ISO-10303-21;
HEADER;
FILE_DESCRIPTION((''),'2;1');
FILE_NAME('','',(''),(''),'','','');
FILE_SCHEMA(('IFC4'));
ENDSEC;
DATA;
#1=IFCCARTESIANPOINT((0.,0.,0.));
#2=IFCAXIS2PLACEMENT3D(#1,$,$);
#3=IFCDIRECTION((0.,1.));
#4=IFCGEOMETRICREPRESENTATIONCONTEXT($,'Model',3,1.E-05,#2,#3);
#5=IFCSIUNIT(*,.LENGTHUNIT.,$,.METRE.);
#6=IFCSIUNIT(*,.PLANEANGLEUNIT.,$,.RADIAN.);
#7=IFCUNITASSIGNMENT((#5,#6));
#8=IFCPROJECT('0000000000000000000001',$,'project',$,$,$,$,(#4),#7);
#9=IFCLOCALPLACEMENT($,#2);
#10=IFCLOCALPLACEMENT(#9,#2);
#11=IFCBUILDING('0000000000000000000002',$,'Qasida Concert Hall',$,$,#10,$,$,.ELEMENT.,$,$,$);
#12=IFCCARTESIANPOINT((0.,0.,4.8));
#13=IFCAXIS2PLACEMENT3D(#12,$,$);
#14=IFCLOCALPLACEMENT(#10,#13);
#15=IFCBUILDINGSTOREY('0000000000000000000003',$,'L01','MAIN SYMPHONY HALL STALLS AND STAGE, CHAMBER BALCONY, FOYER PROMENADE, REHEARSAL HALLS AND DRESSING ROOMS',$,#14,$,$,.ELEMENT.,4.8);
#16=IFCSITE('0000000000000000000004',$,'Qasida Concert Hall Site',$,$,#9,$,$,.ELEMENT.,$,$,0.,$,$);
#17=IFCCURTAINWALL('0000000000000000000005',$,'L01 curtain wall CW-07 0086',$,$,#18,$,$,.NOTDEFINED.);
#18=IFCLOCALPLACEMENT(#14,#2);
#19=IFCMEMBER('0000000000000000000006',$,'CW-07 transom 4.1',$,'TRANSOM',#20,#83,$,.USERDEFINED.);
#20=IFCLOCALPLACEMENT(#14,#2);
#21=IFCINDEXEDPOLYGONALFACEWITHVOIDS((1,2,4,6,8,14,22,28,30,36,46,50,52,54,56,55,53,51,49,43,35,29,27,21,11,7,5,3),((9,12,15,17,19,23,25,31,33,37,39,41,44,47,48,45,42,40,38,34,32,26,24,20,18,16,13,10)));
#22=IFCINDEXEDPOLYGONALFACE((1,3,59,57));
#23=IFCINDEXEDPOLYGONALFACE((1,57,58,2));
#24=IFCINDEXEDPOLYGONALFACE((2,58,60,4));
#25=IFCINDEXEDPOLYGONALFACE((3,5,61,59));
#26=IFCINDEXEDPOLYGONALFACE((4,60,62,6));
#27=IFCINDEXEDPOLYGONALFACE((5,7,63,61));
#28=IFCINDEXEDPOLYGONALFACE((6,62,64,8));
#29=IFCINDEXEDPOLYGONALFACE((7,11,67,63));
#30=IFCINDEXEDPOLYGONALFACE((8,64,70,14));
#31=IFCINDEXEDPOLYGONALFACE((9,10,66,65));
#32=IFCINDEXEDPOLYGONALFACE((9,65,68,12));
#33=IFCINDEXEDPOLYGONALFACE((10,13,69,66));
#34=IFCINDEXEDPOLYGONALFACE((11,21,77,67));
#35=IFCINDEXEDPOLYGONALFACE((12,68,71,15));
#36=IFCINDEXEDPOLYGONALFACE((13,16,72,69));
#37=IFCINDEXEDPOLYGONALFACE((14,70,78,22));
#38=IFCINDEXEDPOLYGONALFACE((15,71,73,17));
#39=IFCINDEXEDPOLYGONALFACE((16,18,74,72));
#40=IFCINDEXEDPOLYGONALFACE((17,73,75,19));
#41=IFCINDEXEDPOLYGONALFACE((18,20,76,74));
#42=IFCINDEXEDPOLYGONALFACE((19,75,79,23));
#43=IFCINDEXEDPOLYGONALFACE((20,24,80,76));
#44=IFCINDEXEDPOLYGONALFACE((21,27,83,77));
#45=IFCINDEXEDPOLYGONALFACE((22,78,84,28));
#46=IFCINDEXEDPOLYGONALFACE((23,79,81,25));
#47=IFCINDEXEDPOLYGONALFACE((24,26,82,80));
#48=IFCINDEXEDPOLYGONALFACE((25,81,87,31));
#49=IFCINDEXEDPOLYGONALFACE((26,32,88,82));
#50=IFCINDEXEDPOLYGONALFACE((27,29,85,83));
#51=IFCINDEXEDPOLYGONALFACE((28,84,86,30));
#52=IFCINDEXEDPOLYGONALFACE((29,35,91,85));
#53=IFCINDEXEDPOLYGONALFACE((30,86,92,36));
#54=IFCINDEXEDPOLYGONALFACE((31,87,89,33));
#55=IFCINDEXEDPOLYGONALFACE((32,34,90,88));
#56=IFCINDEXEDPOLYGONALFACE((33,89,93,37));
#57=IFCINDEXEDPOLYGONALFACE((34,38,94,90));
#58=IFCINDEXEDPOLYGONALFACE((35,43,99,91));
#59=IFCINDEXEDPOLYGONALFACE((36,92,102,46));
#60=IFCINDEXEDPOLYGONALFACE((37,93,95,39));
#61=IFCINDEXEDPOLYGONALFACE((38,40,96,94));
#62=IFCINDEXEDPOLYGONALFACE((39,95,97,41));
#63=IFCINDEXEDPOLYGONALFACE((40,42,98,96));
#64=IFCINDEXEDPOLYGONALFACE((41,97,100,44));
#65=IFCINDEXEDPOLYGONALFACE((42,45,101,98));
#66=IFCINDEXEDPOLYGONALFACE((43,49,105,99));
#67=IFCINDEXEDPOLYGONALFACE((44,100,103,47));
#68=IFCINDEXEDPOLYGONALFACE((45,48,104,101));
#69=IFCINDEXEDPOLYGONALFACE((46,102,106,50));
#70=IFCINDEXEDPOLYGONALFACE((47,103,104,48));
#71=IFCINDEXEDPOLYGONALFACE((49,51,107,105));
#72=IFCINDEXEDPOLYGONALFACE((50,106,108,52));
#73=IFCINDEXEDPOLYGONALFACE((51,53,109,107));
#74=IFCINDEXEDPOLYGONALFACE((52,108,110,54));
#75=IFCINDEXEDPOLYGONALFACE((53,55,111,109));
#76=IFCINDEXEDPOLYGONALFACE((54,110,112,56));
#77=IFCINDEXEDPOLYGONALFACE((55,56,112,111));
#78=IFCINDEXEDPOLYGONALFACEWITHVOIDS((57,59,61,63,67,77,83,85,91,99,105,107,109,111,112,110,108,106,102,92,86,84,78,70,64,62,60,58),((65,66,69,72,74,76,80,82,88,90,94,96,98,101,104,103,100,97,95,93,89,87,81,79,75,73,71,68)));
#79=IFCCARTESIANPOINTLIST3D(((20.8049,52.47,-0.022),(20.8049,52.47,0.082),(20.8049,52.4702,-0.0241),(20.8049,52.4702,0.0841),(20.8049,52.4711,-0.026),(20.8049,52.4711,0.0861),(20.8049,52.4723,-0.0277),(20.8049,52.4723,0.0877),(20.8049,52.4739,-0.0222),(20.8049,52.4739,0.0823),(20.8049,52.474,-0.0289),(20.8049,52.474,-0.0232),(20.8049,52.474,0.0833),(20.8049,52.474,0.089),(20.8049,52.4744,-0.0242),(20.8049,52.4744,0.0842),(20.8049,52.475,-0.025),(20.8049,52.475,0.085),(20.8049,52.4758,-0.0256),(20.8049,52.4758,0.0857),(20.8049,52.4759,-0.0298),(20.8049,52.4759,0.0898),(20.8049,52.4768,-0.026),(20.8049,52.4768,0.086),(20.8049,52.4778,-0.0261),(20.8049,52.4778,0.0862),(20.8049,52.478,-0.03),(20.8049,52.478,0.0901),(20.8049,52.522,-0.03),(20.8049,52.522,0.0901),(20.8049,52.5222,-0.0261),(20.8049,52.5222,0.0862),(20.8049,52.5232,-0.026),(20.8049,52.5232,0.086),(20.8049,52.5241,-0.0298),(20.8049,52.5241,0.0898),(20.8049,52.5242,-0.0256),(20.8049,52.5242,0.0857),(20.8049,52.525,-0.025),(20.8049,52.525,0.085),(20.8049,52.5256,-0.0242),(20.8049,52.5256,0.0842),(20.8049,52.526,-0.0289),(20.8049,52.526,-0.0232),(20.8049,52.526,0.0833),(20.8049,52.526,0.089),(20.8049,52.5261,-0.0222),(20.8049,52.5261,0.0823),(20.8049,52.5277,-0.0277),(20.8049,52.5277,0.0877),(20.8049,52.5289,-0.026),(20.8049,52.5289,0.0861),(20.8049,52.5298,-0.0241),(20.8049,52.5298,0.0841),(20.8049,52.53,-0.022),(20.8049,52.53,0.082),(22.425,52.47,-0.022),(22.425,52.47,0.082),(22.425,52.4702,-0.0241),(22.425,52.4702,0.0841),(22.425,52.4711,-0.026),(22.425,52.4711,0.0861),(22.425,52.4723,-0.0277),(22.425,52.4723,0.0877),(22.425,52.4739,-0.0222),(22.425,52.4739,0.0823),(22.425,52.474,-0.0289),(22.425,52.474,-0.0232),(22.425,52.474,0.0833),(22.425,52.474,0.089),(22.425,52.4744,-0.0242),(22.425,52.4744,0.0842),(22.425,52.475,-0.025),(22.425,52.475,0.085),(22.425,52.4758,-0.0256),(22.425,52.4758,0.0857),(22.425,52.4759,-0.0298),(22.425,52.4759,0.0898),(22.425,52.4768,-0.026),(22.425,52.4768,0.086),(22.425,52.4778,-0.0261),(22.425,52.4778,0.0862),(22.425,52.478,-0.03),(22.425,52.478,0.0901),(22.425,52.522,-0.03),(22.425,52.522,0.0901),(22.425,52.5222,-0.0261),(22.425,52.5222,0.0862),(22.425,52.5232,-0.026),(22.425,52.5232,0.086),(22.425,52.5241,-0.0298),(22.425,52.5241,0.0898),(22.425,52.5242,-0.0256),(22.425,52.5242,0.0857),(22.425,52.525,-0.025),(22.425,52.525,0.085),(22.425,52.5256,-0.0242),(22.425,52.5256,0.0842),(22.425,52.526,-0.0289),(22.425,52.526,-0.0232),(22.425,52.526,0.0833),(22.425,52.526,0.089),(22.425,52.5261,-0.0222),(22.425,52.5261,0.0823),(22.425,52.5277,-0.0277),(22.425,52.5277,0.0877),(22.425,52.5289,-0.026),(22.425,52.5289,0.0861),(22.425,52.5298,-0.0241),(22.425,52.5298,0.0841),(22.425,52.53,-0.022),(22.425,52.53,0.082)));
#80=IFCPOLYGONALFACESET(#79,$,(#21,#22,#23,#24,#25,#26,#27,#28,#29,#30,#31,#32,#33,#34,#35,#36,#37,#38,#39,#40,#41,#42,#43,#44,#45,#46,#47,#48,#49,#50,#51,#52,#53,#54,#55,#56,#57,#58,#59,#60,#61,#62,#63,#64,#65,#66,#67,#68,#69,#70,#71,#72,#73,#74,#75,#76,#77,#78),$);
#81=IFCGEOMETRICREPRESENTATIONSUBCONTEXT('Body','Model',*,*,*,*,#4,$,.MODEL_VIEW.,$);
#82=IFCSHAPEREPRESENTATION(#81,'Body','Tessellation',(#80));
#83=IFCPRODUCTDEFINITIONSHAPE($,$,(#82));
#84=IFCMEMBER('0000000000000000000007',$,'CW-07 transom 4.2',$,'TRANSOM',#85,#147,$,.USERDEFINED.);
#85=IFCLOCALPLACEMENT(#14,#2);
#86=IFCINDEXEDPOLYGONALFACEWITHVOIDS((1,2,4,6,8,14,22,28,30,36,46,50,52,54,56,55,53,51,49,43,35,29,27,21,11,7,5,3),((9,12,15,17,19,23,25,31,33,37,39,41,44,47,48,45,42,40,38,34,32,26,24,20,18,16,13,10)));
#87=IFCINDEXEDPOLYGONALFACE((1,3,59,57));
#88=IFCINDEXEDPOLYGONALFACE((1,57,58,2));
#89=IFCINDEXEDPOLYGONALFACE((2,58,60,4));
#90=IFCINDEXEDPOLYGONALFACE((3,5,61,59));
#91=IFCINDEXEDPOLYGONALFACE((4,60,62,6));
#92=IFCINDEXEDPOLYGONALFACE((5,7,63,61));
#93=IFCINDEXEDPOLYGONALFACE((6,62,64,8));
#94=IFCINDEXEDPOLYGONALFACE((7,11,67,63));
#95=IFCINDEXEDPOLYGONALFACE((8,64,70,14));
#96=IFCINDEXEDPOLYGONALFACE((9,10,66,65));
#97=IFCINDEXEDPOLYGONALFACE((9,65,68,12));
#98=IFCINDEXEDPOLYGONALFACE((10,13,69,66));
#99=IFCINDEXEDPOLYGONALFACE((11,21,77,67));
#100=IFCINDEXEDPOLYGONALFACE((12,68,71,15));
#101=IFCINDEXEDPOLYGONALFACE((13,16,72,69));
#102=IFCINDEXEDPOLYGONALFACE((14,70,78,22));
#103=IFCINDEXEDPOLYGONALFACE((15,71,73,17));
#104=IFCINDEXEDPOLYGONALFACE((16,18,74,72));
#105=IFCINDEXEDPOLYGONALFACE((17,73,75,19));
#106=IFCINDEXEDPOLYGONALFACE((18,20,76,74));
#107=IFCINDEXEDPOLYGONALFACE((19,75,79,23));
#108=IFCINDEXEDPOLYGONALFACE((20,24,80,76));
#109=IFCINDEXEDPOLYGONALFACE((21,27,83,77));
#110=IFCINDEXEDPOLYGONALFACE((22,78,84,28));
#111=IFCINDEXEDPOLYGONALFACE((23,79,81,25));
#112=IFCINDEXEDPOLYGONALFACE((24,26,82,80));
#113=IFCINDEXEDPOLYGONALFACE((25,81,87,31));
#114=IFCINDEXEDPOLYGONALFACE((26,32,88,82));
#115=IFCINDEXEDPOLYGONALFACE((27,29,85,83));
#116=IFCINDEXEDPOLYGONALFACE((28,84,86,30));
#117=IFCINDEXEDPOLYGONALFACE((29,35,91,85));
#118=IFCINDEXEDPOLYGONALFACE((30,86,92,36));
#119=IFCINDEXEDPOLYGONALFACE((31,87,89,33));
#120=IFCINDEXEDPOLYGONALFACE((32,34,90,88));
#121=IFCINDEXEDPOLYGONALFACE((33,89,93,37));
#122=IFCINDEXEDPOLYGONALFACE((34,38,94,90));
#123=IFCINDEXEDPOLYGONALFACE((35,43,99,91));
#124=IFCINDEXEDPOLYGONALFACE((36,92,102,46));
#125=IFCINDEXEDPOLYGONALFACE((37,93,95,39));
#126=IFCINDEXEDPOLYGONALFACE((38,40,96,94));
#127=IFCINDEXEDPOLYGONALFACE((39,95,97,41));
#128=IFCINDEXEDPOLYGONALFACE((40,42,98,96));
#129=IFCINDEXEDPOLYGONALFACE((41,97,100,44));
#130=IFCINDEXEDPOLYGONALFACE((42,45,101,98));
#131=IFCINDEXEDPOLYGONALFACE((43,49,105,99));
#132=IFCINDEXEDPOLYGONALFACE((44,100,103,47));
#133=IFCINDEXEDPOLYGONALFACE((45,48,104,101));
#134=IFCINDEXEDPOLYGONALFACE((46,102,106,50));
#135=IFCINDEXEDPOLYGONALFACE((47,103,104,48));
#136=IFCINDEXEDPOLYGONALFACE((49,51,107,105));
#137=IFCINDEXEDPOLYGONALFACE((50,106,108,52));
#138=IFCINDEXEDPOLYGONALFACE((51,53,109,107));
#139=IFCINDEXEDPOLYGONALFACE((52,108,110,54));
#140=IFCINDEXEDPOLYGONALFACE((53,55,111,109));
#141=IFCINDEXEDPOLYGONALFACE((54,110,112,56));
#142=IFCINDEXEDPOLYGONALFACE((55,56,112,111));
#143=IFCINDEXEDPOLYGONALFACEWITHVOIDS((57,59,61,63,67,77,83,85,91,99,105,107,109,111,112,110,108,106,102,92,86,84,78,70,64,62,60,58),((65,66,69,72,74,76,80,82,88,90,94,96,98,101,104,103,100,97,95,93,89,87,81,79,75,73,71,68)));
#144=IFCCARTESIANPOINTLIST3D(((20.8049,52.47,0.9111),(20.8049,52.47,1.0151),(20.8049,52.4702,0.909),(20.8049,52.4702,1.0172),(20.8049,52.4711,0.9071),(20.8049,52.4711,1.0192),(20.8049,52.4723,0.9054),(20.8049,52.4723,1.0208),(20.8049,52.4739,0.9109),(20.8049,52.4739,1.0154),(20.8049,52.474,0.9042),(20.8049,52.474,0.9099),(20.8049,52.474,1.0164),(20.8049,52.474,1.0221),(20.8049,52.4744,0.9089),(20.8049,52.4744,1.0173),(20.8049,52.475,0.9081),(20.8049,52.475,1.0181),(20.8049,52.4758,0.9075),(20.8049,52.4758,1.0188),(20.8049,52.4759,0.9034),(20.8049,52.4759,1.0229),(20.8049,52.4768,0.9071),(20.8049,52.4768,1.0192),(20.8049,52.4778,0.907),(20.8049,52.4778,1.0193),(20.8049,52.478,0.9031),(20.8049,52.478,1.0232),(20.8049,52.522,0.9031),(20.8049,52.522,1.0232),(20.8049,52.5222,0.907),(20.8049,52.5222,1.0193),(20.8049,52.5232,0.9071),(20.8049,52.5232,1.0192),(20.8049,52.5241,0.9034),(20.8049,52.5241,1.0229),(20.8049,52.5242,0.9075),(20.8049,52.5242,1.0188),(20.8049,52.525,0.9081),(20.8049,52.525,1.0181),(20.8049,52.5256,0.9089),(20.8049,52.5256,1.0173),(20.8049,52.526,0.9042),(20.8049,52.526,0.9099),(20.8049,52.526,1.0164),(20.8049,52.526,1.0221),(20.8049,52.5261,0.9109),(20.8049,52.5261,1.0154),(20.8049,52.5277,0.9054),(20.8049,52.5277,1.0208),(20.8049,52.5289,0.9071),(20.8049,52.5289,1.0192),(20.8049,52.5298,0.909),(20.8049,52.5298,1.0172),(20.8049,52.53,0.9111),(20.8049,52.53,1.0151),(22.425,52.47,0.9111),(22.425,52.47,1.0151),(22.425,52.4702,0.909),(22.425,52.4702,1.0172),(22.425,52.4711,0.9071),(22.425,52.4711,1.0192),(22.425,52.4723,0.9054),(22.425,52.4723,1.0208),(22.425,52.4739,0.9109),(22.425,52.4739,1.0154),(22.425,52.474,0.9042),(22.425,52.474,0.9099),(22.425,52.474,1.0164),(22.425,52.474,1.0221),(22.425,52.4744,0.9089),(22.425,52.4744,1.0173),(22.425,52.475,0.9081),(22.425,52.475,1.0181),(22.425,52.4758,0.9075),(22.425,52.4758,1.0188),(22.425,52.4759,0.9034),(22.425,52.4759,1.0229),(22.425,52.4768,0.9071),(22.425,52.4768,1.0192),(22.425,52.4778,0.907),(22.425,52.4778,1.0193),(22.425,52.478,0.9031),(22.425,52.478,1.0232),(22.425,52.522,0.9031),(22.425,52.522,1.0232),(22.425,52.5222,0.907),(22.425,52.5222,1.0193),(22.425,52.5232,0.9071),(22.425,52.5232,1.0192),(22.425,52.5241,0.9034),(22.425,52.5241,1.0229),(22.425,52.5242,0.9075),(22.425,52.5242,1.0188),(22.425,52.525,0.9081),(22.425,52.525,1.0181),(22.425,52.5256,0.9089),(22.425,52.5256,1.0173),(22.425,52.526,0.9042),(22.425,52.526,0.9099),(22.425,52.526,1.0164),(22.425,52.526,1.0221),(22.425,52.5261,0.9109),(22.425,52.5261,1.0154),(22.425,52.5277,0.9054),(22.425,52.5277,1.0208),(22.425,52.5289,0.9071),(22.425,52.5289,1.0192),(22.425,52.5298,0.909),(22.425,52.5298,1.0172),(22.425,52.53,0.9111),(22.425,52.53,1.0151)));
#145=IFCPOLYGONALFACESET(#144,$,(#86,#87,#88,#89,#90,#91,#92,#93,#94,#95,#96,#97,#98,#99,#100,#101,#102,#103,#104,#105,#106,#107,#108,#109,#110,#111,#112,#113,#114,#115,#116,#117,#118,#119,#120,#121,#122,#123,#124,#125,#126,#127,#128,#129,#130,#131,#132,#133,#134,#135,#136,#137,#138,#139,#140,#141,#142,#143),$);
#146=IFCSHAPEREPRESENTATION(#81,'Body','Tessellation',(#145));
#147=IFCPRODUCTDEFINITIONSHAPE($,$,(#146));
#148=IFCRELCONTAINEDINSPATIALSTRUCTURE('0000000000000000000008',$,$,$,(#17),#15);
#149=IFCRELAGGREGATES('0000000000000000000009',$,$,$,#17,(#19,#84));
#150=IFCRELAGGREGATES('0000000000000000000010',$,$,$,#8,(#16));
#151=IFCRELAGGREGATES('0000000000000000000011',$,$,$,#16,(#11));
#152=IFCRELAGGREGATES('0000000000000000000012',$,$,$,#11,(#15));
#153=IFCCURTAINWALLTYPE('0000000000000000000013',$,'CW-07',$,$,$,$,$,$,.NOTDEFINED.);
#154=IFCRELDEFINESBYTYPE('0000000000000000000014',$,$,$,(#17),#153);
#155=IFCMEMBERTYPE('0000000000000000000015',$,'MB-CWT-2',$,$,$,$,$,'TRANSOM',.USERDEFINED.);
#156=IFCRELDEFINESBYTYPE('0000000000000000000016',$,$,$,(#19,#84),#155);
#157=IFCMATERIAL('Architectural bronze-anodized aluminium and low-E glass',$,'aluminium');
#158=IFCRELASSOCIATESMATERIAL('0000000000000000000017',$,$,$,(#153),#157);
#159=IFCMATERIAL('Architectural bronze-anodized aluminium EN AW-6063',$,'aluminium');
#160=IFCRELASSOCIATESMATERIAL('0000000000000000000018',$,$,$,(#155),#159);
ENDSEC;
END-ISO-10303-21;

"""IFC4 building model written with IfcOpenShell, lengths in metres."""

from ifc_helpers import new_model, si_unit, direction, frame, origin, origin_2d, place, context, subcontext, project, spatial, hollow_rectangle, extrude, material, material_profile, profile_set, type_object, element, aggregate, save


model = new_model("IFC4")

# Units and contexts
model_context = context("Model", 3, precision=1e-05, world=origin(), true_north=direction((0.0, 1.0)))
body_context = subcontext(model_context, "Body", "Model", "MODEL_VIEW")
ifc_project = project(units=[si_unit("LENGTHUNIT", "METRE"), si_unit("PLANEANGLEUNIT", "RADIAN")], contexts=[model_context])

# Site, building, storey
site_placement = place(None, origin())
site = spatial("IfcSite", under=ifc_project, at=site_placement, Name="Qasida Concert Hall Site", CompositionType="ELEMENT", RefElevation=0.0)
building_placement = place(site_placement, origin())
building = spatial("IfcBuilding", under=site, at=building_placement, Name="Qasida Concert Hall", CompositionType="ELEMENT")
storey_placement = place(building_placement, frame((0.0, 0.0, 4.8)))
storey = spatial("IfcBuildingStorey", under=building, at=storey_placement, Name="L01", Description="MAIN SYMPHONY HALL STALLS AND STAGE, CHAMBER BALCONY, FOYER PROMENADE, REHEARSAL HALLS AND DRESSING ROOMS", CompositionType="ELEMENT", Elevation=4.8)

# Curtain wall
ifc_material_1 = material(Name="Architectural bronze-anodized aluminium and low-E glass", Category="aluminium")
curtain_wall_type = type_object("IfcCurtainWallType", Name="CW-07", PredefinedType="NOTDEFINED", material=ifc_material_1)
curtain_wall_1_placement = place(storey_placement, origin())
curtain_wall_1 = element("IfcCurtainWall", 1, at=curtain_wall_1_placement, inside=storey, type_object=curtain_wall_type, Name="L01 curtain wall CW-07 0086", PredefinedType="NOTDEFINED")
ifc_material_2 = material(Name="Architectural bronze-anodized aluminium EN AW-6063", Category="aluminium")

# Members
ifc_material_profile_1 = material_profile(ifc_material_2, hollow_rectangle(XDim=0.0601, YDim=0.1201, WallThickness=0.0039, InnerFilletRadius=0.0039, OuterFilletRadius=0.0081, at=origin_2d()), Name="CWT 120x60x4")
ifc_profile_set_1 = profile_set([ifc_material_profile_1], Name="Architectural bronze-anodized aluminium EN AW-6063")
member_type_1 = type_object("IfcMemberType", Name="MB-CWT-2", ElementType="TRANSOM", PredefinedType="USERDEFINED", material=ifc_profile_set_1)
member_1_placement = place(storey_placement, frame((20.8049, 52.5, 0.03), z_axis=(1.0, 0.0, 0.0), x_axis=(0.0, 1.0, 0.0)))
member_1 = element("IfcMember", 2, at=member_1_placement, type_object=member_type_1, Name="CW-07 transom 4.1", ObjectType="TRANSOM", PredefinedType="USERDEFINED", context=body_context, shape_type="SweptSolid", body=[
    extrude(hollow_rectangle(XDim=0.0601, YDim=0.1201, WallThickness=0.0039, InnerFilletRadius=0.0039, OuterFilletRadius=0.0081, at=origin_2d()), origin(), (0.0, 0.0, 1.0), 1.6201),
])
member_2_placement = place(storey_placement, frame((20.8049, 52.5, 0.9631), z_axis=(1.0, 0.0, 0.0), x_axis=(0.0, 1.0, 0.0)))
member_2 = element("IfcMember", 3, at=member_2_placement, type_object=member_type_1, Name="CW-07 transom 4.2", ObjectType="TRANSOM", PredefinedType="USERDEFINED", context=body_context, shape_type="SweptSolid", body=[
    extrude(hollow_rectangle(XDim=0.0601, YDim=0.1201, WallThickness=0.0039, InnerFilletRadius=0.0039, OuterFilletRadius=0.0081, at=origin_2d()), origin(), (0.0, 0.0, 1.0), 1.6201),
])

aggregate(curtain_wall_1, [member_1, member_2])

save(model, "model.ifc")
